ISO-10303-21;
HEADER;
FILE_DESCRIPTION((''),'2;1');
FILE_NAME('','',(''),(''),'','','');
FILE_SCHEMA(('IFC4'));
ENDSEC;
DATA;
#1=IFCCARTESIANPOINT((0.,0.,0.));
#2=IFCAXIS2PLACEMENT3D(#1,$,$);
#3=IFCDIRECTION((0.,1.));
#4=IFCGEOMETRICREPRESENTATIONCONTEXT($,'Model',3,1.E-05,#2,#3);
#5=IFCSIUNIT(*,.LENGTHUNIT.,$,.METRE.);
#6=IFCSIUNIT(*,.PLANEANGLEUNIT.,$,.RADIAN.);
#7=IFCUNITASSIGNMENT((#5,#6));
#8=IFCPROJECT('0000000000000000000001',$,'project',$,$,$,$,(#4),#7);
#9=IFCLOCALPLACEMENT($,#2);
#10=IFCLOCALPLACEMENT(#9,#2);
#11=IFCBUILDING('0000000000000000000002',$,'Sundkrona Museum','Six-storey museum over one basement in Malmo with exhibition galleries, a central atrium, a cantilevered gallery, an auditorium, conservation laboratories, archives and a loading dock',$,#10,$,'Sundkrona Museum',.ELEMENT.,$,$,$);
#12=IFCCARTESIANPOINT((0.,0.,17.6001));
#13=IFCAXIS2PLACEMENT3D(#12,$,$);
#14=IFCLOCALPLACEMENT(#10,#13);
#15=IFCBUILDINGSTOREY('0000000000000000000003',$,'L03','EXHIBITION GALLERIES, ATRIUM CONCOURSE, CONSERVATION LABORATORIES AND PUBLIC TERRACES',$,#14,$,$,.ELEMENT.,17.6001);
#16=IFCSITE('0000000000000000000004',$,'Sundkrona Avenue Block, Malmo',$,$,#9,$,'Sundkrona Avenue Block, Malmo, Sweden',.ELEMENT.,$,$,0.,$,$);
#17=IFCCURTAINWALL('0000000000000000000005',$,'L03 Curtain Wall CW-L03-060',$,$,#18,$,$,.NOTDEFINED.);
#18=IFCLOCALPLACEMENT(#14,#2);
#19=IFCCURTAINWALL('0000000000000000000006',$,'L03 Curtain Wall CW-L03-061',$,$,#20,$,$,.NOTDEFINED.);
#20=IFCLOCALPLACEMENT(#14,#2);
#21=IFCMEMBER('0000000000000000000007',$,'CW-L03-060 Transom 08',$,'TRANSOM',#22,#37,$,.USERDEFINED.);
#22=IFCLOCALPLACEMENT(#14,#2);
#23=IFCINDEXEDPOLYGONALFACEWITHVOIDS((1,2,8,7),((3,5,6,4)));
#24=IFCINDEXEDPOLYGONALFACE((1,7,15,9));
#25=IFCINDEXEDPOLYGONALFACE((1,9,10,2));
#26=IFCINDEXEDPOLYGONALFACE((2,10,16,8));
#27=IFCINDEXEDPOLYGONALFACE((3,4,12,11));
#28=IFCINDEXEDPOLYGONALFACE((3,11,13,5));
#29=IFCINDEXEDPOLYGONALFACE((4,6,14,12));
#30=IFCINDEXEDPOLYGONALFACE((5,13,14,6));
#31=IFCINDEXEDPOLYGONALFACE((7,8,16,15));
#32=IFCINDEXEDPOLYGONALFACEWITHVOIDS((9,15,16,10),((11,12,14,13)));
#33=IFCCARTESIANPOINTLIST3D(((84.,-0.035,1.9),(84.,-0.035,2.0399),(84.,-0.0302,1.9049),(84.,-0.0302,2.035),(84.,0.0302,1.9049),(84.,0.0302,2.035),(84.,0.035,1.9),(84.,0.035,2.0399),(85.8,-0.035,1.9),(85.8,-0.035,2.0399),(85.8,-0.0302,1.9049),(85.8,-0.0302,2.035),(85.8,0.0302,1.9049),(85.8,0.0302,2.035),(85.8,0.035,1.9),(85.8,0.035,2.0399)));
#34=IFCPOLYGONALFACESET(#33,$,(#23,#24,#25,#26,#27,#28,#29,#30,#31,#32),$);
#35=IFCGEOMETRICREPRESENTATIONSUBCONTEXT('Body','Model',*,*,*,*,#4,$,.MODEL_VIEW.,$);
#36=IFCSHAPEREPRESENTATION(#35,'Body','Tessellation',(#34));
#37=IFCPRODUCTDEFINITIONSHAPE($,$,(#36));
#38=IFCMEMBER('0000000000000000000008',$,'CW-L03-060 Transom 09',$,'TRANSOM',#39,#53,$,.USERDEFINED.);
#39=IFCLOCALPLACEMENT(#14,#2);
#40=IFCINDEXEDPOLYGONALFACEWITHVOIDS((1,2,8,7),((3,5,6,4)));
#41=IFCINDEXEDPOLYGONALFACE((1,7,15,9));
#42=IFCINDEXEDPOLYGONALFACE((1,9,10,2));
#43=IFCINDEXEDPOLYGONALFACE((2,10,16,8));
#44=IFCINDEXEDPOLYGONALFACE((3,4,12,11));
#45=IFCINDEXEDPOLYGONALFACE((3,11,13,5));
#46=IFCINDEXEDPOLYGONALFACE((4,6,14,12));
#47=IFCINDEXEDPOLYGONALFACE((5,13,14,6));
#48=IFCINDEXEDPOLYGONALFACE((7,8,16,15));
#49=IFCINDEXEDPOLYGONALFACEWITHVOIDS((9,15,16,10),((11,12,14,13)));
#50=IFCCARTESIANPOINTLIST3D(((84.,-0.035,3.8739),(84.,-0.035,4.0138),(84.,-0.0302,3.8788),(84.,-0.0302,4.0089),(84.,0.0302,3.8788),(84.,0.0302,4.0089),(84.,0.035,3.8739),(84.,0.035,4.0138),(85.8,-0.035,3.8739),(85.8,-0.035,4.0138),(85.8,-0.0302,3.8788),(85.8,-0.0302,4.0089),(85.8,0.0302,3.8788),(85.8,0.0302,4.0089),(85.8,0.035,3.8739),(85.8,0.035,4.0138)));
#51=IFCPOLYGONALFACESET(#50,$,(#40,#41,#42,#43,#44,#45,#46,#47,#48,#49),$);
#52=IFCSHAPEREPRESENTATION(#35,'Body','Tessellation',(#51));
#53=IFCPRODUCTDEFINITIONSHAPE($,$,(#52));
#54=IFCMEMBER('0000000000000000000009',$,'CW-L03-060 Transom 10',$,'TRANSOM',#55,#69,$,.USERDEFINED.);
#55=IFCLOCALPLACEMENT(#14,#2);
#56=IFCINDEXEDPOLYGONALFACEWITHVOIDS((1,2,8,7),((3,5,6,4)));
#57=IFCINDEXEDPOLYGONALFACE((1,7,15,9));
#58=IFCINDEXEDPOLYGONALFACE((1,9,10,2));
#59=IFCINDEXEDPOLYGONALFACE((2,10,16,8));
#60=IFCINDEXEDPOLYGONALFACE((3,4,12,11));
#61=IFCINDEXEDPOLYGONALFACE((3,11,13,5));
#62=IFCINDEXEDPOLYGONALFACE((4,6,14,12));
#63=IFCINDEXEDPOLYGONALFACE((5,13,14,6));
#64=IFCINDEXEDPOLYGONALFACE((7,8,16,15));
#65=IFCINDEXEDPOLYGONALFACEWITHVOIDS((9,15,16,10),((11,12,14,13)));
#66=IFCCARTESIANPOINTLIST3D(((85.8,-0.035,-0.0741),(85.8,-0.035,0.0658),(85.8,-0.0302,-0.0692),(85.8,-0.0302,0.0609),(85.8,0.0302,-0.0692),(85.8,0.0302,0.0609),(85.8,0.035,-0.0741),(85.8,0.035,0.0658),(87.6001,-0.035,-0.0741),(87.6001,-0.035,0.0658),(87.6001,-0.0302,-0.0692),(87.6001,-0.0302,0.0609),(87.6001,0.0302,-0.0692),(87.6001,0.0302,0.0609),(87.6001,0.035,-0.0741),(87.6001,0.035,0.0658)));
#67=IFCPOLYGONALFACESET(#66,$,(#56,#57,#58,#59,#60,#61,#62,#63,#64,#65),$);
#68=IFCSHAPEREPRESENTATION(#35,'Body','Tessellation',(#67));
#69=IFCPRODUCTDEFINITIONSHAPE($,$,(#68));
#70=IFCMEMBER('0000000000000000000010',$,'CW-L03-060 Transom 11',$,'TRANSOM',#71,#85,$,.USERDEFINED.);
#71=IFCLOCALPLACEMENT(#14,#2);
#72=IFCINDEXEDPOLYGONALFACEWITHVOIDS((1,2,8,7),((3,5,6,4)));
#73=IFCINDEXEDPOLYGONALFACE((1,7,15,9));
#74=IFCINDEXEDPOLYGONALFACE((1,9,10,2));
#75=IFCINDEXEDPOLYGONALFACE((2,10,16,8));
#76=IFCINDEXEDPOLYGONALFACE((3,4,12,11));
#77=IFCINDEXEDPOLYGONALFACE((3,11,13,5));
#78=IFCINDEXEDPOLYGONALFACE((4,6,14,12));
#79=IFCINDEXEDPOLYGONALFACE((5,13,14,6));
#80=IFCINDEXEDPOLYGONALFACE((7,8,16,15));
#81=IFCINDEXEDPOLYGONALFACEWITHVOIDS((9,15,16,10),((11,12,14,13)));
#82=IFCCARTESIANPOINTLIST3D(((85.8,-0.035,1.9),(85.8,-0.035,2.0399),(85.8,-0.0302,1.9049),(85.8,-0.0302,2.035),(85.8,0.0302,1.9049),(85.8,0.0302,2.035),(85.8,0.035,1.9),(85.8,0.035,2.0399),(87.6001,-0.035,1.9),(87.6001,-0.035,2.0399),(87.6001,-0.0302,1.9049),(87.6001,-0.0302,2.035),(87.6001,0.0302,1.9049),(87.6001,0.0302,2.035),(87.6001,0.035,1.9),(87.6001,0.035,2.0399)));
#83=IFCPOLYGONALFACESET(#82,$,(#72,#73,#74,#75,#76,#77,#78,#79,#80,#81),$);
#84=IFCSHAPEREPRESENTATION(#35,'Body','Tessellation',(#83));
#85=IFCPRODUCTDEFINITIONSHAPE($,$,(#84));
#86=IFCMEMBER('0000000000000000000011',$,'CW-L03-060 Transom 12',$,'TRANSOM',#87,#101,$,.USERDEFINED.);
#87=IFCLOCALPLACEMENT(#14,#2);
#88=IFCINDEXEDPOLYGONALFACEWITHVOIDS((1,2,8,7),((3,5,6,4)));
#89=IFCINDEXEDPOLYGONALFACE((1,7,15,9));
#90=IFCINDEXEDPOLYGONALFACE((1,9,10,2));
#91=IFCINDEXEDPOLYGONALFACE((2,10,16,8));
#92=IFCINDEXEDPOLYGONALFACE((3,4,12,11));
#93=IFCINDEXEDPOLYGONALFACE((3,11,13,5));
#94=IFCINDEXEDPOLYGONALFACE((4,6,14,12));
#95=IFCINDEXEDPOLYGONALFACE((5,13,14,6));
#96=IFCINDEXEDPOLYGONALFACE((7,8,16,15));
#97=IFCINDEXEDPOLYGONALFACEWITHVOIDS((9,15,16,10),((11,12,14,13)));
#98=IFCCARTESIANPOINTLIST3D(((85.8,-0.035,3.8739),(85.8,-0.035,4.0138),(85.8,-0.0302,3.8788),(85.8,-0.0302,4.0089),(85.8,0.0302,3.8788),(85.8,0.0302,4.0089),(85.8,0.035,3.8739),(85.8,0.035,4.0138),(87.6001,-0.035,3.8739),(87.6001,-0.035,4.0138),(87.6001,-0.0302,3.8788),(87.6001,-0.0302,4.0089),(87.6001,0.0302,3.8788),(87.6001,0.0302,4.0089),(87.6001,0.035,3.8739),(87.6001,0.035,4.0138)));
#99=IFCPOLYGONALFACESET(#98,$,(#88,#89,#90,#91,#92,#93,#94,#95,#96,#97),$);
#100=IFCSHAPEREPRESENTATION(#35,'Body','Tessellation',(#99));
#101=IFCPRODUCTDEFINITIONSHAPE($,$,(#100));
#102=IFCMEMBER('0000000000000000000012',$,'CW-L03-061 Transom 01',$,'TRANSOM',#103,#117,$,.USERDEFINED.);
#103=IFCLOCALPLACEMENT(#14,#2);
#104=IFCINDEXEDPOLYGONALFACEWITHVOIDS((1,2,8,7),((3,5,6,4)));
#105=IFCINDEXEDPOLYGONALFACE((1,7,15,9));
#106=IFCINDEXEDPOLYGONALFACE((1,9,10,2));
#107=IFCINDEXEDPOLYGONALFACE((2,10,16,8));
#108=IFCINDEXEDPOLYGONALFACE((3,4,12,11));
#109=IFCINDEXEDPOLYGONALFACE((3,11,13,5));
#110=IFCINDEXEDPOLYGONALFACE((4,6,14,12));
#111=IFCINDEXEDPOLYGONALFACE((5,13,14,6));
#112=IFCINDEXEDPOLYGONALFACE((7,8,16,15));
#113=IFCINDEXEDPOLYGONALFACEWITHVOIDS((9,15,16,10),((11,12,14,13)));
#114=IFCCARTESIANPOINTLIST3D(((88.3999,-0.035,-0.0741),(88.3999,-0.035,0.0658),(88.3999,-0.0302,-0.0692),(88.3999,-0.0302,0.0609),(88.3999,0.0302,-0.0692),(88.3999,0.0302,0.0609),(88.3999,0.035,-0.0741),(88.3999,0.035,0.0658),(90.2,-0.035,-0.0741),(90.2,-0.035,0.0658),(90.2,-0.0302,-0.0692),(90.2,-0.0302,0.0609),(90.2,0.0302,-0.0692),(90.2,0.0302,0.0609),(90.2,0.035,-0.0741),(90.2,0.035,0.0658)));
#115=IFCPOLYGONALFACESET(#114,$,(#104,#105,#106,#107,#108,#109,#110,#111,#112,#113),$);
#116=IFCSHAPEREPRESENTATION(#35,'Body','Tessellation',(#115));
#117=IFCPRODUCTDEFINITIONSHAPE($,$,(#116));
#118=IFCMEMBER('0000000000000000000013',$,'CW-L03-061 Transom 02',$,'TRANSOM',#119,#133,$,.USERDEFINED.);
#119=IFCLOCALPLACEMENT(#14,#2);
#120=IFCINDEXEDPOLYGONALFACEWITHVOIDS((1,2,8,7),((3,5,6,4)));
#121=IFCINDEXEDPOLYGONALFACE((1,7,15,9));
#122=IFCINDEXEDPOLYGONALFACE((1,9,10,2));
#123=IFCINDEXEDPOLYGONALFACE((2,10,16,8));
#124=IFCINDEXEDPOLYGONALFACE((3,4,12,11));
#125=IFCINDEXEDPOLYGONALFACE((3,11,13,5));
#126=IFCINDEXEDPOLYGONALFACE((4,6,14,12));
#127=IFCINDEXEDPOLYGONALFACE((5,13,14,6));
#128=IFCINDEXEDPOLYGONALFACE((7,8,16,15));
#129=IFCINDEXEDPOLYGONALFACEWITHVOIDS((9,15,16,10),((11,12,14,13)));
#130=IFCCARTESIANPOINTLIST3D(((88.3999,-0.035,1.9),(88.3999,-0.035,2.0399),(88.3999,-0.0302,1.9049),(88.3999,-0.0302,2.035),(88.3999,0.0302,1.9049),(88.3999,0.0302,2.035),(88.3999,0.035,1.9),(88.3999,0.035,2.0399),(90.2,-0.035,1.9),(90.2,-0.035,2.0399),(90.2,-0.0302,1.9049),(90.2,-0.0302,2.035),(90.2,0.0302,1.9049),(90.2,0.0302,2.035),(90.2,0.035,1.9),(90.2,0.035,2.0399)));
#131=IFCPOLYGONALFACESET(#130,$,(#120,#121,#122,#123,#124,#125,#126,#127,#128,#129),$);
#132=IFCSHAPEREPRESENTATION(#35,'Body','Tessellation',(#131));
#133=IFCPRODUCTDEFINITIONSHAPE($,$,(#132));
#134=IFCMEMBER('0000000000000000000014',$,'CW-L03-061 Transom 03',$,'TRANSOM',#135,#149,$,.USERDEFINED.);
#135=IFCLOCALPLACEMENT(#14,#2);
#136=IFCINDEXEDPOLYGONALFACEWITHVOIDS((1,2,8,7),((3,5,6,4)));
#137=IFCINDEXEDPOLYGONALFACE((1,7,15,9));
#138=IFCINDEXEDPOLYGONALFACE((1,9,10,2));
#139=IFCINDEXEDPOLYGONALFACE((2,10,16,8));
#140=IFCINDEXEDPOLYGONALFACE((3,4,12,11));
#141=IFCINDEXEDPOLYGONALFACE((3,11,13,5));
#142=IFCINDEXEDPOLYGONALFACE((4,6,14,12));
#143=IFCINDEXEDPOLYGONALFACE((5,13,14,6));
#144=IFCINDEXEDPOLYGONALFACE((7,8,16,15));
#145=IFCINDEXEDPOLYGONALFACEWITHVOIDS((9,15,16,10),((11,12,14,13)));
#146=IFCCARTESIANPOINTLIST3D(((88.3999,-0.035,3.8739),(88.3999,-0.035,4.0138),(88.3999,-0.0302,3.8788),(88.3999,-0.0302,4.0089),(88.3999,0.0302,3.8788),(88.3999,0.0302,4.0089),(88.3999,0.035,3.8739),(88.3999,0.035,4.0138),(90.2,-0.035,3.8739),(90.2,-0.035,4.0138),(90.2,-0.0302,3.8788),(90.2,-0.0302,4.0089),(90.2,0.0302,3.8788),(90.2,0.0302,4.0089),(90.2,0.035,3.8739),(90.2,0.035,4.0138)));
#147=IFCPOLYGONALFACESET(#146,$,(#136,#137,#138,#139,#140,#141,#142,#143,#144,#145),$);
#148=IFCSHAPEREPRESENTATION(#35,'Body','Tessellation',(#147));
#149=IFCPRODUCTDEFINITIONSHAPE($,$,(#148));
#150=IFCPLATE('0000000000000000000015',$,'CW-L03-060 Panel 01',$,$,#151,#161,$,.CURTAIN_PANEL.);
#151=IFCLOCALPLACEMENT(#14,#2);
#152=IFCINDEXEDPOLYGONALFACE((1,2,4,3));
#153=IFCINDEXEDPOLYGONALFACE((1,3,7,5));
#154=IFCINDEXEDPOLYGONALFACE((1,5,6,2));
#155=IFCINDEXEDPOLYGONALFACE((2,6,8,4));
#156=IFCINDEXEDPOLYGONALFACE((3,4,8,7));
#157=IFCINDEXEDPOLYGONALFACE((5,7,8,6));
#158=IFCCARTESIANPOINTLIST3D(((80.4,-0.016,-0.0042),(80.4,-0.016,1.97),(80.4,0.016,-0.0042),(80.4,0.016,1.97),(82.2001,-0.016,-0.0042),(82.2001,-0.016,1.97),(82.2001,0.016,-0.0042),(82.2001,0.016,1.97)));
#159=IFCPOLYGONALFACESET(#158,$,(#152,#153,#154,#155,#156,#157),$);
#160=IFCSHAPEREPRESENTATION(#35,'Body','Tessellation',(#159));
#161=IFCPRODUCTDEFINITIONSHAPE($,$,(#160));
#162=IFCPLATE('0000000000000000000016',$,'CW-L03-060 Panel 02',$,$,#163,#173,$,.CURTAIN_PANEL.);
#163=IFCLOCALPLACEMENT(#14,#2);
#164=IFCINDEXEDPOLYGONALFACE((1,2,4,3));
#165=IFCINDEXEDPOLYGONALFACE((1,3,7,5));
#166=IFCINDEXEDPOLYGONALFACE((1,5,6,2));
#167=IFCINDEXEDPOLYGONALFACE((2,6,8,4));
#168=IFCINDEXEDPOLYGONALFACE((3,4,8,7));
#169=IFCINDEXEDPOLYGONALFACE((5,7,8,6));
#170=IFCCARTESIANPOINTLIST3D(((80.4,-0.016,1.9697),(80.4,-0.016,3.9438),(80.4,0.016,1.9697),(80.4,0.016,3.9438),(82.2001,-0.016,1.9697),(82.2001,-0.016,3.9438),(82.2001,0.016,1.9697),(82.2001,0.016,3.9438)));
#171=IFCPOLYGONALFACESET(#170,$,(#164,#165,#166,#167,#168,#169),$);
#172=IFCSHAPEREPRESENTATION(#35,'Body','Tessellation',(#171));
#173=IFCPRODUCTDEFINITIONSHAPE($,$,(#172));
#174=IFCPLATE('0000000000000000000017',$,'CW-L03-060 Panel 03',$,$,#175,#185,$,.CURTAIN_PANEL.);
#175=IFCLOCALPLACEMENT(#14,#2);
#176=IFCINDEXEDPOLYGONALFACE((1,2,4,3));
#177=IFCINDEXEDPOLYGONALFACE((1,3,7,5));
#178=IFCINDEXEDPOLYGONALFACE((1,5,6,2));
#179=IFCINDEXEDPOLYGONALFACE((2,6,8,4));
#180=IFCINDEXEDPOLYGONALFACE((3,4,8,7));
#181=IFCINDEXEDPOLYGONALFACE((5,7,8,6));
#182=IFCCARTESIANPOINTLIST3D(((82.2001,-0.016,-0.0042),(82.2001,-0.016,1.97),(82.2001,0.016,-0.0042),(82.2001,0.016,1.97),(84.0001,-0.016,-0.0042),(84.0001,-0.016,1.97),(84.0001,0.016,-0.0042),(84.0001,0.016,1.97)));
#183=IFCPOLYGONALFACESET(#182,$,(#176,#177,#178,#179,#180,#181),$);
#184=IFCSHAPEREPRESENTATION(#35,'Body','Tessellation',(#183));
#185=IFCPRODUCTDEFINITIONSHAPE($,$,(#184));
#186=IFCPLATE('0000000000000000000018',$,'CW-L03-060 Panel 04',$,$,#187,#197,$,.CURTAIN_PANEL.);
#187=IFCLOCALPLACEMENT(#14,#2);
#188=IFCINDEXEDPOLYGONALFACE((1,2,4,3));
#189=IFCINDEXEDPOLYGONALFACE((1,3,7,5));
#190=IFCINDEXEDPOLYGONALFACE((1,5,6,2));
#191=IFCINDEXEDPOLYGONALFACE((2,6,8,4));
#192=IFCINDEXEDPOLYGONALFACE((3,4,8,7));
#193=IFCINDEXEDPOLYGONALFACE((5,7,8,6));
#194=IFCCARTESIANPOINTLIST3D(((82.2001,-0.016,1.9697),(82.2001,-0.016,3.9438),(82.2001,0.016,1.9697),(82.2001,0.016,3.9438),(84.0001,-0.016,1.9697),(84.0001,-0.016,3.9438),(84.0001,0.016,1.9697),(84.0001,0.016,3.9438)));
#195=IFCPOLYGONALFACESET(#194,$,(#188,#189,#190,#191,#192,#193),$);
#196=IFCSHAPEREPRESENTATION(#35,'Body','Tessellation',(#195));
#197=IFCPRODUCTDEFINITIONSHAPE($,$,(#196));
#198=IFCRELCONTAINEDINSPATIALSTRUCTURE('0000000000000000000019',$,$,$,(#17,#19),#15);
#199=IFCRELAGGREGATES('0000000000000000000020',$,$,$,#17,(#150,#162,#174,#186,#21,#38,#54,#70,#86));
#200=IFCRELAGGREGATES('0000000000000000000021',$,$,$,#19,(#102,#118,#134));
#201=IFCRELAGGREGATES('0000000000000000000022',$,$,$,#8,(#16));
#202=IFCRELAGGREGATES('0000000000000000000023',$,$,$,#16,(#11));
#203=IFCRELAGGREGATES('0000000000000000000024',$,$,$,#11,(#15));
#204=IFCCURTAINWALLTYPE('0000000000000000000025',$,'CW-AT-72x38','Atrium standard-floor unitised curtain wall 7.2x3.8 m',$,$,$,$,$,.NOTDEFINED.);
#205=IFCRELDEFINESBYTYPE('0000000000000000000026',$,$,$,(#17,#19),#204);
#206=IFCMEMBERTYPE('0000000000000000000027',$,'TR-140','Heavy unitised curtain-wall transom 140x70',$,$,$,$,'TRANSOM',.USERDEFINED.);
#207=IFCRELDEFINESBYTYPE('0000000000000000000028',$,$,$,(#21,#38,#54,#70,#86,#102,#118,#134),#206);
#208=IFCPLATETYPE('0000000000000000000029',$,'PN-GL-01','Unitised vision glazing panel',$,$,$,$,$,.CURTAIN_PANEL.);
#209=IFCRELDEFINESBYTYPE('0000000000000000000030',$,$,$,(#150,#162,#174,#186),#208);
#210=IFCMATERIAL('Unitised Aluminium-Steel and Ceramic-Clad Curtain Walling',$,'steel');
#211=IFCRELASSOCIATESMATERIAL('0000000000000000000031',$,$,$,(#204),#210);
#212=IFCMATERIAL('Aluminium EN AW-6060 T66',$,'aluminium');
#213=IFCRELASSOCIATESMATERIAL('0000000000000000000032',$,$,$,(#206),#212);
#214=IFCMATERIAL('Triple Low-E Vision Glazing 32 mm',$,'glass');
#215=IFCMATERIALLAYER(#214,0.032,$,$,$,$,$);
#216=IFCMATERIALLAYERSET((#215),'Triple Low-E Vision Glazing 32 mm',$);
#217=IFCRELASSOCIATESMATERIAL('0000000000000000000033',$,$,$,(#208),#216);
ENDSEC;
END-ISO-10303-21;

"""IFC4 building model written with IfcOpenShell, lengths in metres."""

from ifc_helpers import new_model, si_unit, direction, frame, origin, origin_2d, place, context, subcontext, project, spatial, rectangle, hollow_rectangle, extrude, material, layer, layer_set, material_profile, profile_set, type_object, element, aggregate, save


model = new_model("IFC4")

# Units and contexts
model_context = context("Model", 3, precision=1e-05, world=origin(), true_north=direction((0.0, 1.0)))
body_context = subcontext(model_context, "Body", "Model", "MODEL_VIEW")
ifc_project = project(units=[si_unit("LENGTHUNIT", "METRE"), si_unit("PLANEANGLEUNIT", "RADIAN")], contexts=[model_context])

# Site, building, storey
site_placement = place(None, origin())
site = spatial("IfcSite", under=ifc_project, at=site_placement, Name="Sundkrona Avenue Block, Malmo", LongName="Sundkrona Avenue Block, Malmo, Sweden", CompositionType="ELEMENT", RefElevation=0.0)
building_placement = place(site_placement, origin())
building = spatial("IfcBuilding", under=site, at=building_placement, Name="Sundkrona Museum", Description="Six-storey museum over one basement in Malmo with exhibition galleries, a central atrium, a cantilevered gallery, an auditorium, conservation laboratories, archives and a loading dock", LongName="Sundkrona Museum", CompositionType="ELEMENT")
storey_placement = place(building_placement, frame((0.0, 0.0, 17.6001)))
storey = spatial("IfcBuildingStorey", under=building, at=storey_placement, Name="L03", Description="EXHIBITION GALLERIES, ATRIUM CONCOURSE, CONSERVATION LABORATORIES AND PUBLIC TERRACES", CompositionType="ELEMENT", Elevation=17.6001)

# Curtain wall
ifc_material_1 = material(Name="Unitised Aluminium-Steel and Ceramic-Clad Curtain Walling", Category="steel")
curtain_wall_type = type_object("IfcCurtainWallType", Name="CW-AT-72x38", Description="Atrium standard-floor unitised curtain wall 7.2x3.8 m", PredefinedType="NOTDEFINED", material=ifc_material_1)
curtain_wall_1_placement = place(storey_placement, origin())
curtain_wall_1 = element("IfcCurtainWall", 1, at=curtain_wall_1_placement, inside=storey, type_object=curtain_wall_type, Name="L03 Curtain Wall CW-L03-060", PredefinedType="NOTDEFINED")
ifc_material_2 = material(Name="Aluminium EN AW-6060 T66", Category="aluminium")

# Curtain wall
curtain_wall_2_placement = place(storey_placement, origin())
curtain_wall_2 = element("IfcCurtainWall", 2, at=curtain_wall_2_placement, inside=storey, type_object=curtain_wall_type, Name="L03 Curtain Wall CW-L03-061", PredefinedType="NOTDEFINED")

# Members
ifc_material_profile_1 = material_profile(ifc_material_2, hollow_rectangle(XDim=0.0701, YDim=0.1399, WallThickness=0.0049, at=origin_2d()), Name="RHS 140x70x5.0")
ifc_profile_set_1 = profile_set([ifc_material_profile_1], Name="Aluminium EN AW-6060 T66")
member_type_1 = type_object("IfcMemberType", Name="TR-140", Description="Heavy unitised curtain-wall transom 140x70", ElementType="TRANSOM", PredefinedType="USERDEFINED", material=ifc_profile_set_1)
member_1_placement = place(storey_placement, frame((84.0, 0.0, 1.97), z_axis=(1.0, 0.0, 0.0), x_axis=(0.0, 1.0, 0.0)))
member_1 = element("IfcMember", 3, at=member_1_placement, type_object=member_type_1, Name="CW-L03-060 Transom 08", ObjectType="TRANSOM", PredefinedType="USERDEFINED", context=body_context, shape_type="SweptSolid", body=[
    extrude(hollow_rectangle(XDim=0.0701, YDim=0.1399, WallThickness=0.0049, at=origin_2d()), origin(), (0.0, 0.0, 1.0), 1.8),
])
member_2_placement = place(storey_placement, frame((84.0, 0.0, 3.9438), z_axis=(1.0, 0.0, 0.0), x_axis=(0.0, 1.0, 0.0)))
member_2 = element("IfcMember", 4, at=member_2_placement, type_object=member_type_1, Name="CW-L03-060 Transom 09", ObjectType="TRANSOM", PredefinedType="USERDEFINED", context=body_context, shape_type="SweptSolid", body=[
    extrude(hollow_rectangle(XDim=0.0701, YDim=0.1399, WallThickness=0.0049, at=origin_2d()), origin(), (0.0, 0.0, 1.0), 1.8),
])
member_3_placement = place(storey_placement, frame((85.8, 0.0, -0.0042), z_axis=(1.0, 0.0, 0.0), x_axis=(0.0, 1.0, 0.0)))
member_3 = element("IfcMember", 5, at=member_3_placement, type_object=member_type_1, Name="CW-L03-060 Transom 10", ObjectType="TRANSOM", PredefinedType="USERDEFINED", context=body_context, shape_type="SweptSolid", body=[
    extrude(hollow_rectangle(XDim=0.0701, YDim=0.1399, WallThickness=0.0049, at=origin_2d()), origin(), (0.0, 0.0, 1.0), 1.8),
])
member_4_placement = place(storey_placement, frame((85.8, 0.0, 1.97), z_axis=(1.0, 0.0, 0.0), x_axis=(0.0, 1.0, 0.0)))
member_4 = element("IfcMember", 6, at=member_4_placement, type_object=member_type_1, Name="CW-L03-060 Transom 11", ObjectType="TRANSOM", PredefinedType="USERDEFINED", context=body_context, shape_type="SweptSolid", body=[
    extrude(hollow_rectangle(XDim=0.0701, YDim=0.1399, WallThickness=0.0049, at=origin_2d()), origin(), (0.0, 0.0, 1.0), 1.8),
])
member_5_placement = place(storey_placement, frame((85.8, 0.0, 3.9438), z_axis=(1.0, 0.0, 0.0), x_axis=(0.0, 1.0, 0.0)))
member_5 = element("IfcMember", 7, at=member_5_placement, type_object=member_type_1, Name="CW-L03-060 Transom 12", ObjectType="TRANSOM", PredefinedType="USERDEFINED", context=body_context, shape_type="SweptSolid", body=[
    extrude(hollow_rectangle(XDim=0.0701, YDim=0.1399, WallThickness=0.0049, at=origin_2d()), origin(), (0.0, 0.0, 1.0), 1.8),
])
member_6_placement = place(storey_placement, frame((88.3999, 0.0, -0.0042), z_axis=(1.0, 0.0, 0.0), x_axis=(0.0, 1.0, 0.0)))
member_6 = element("IfcMember", 8, at=member_6_placement, type_object=member_type_1, Name="CW-L03-061 Transom 01", ObjectType="TRANSOM", PredefinedType="USERDEFINED", context=body_context, shape_type="SweptSolid", body=[
    extrude(hollow_rectangle(XDim=0.0701, YDim=0.1399, WallThickness=0.0049, at=origin_2d()), origin(), (0.0, 0.0, 1.0), 1.8),
])
member_7_placement = place(storey_placement, frame((88.3999, 0.0, 1.97), z_axis=(1.0, 0.0, 0.0), x_axis=(0.0, 1.0, 0.0)))
member_7 = element("IfcMember", 9, at=member_7_placement, type_object=member_type_1, Name="CW-L03-061 Transom 02", ObjectType="TRANSOM", PredefinedType="USERDEFINED", context=body_context, shape_type="SweptSolid", body=[
    extrude(hollow_rectangle(XDim=0.0701, YDim=0.1399, WallThickness=0.0049, at=origin_2d()), origin(), (0.0, 0.0, 1.0), 1.8),
])
member_8_placement = place(storey_placement, frame((88.3999, 0.0, 3.9438), z_axis=(1.0, 0.0, 0.0), x_axis=(0.0, 1.0, 0.0)))
member_8 = element("IfcMember", 10, at=member_8_placement, type_object=member_type_1, Name="CW-L03-061 Transom 03", ObjectType="TRANSOM", PredefinedType="USERDEFINED", context=body_context, shape_type="SweptSolid", body=[
    extrude(hollow_rectangle(XDim=0.0701, YDim=0.1399, WallThickness=0.0049, at=origin_2d()), origin(), (0.0, 0.0, 1.0), 1.8),
])

# Plates
ifc_material_3 = material(Name="Triple Low-E Vision Glazing 32 mm", Category="glass")
ifc_layer = layer(ifc_material_3, 0.032)
ifc_layer_set = layer_set([ifc_layer], Name="Triple Low-E Vision Glazing 32 mm")
plate_type = type_object("IfcPlateType", Name="PN-GL-01", Description="Unitised vision glazing panel", PredefinedType="CURTAIN_PANEL", material=ifc_layer_set)
plate_1_placement = place(storey_placement, frame((81.3, 0.0, -0.0042), z_axis=(0.0, 0.0, 1.0), x_axis=(1.0, 0.0, 0.0)))
plate_1 = element("IfcPlate", 11, at=plate_1_placement, type_object=plate_type, Name="CW-L03-060 Panel 01", PredefinedType="CURTAIN_PANEL", context=body_context, shape_type="SweptSolid", body=[
    extrude(rectangle(XDim=1.8, YDim=0.032, at=origin_2d()), origin(), (0.0, 0.0, 1.0), 1.9741),
])
plate_2_placement = place(storey_placement, frame((81.3, 0.0, 1.9697), z_axis=(0.0, 0.0, 1.0), x_axis=(1.0, 0.0, 0.0)))
plate_2 = element("IfcPlate", 12, at=plate_2_placement, type_object=plate_type, Name="CW-L03-060 Panel 02", PredefinedType="CURTAIN_PANEL", context=body_context, shape_type="SweptSolid", body=[
    extrude(rectangle(XDim=1.8, YDim=0.032, at=origin_2d()), origin(), (0.0, 0.0, 1.0), 1.9741),
])
plate_3_placement = place(storey_placement, frame((83.1001, 0.0, -0.0042), z_axis=(0.0, 0.0, 1.0), x_axis=(1.0, 0.0, 0.0)))
plate_3 = element("IfcPlate", 13, at=plate_3_placement, type_object=plate_type, Name="CW-L03-060 Panel 03", PredefinedType="CURTAIN_PANEL", context=body_context, shape_type="SweptSolid", body=[
    extrude(rectangle(XDim=1.8, YDim=0.032, at=origin_2d()), origin(), (0.0, 0.0, 1.0), 1.9741),
])
plate_4_placement = place(storey_placement, frame((83.1001, 0.0, 1.9697), z_axis=(0.0, 0.0, 1.0), x_axis=(1.0, 0.0, 0.0)))
plate_4 = element("IfcPlate", 14, at=plate_4_placement, type_object=plate_type, Name="CW-L03-060 Panel 04", PredefinedType="CURTAIN_PANEL", context=body_context, shape_type="SweptSolid", body=[
    extrude(rectangle(XDim=1.8, YDim=0.032, at=origin_2d()), origin(), (0.0, 0.0, 1.0), 1.9741),
])
aggregate(curtain_wall_1, [plate_1, plate_2, plate_3, plate_4, member_1, member_2, member_3, member_4, member_5])
aggregate(curtain_wall_2, [member_6, member_7, member_8])

save(model, "model.ifc")
